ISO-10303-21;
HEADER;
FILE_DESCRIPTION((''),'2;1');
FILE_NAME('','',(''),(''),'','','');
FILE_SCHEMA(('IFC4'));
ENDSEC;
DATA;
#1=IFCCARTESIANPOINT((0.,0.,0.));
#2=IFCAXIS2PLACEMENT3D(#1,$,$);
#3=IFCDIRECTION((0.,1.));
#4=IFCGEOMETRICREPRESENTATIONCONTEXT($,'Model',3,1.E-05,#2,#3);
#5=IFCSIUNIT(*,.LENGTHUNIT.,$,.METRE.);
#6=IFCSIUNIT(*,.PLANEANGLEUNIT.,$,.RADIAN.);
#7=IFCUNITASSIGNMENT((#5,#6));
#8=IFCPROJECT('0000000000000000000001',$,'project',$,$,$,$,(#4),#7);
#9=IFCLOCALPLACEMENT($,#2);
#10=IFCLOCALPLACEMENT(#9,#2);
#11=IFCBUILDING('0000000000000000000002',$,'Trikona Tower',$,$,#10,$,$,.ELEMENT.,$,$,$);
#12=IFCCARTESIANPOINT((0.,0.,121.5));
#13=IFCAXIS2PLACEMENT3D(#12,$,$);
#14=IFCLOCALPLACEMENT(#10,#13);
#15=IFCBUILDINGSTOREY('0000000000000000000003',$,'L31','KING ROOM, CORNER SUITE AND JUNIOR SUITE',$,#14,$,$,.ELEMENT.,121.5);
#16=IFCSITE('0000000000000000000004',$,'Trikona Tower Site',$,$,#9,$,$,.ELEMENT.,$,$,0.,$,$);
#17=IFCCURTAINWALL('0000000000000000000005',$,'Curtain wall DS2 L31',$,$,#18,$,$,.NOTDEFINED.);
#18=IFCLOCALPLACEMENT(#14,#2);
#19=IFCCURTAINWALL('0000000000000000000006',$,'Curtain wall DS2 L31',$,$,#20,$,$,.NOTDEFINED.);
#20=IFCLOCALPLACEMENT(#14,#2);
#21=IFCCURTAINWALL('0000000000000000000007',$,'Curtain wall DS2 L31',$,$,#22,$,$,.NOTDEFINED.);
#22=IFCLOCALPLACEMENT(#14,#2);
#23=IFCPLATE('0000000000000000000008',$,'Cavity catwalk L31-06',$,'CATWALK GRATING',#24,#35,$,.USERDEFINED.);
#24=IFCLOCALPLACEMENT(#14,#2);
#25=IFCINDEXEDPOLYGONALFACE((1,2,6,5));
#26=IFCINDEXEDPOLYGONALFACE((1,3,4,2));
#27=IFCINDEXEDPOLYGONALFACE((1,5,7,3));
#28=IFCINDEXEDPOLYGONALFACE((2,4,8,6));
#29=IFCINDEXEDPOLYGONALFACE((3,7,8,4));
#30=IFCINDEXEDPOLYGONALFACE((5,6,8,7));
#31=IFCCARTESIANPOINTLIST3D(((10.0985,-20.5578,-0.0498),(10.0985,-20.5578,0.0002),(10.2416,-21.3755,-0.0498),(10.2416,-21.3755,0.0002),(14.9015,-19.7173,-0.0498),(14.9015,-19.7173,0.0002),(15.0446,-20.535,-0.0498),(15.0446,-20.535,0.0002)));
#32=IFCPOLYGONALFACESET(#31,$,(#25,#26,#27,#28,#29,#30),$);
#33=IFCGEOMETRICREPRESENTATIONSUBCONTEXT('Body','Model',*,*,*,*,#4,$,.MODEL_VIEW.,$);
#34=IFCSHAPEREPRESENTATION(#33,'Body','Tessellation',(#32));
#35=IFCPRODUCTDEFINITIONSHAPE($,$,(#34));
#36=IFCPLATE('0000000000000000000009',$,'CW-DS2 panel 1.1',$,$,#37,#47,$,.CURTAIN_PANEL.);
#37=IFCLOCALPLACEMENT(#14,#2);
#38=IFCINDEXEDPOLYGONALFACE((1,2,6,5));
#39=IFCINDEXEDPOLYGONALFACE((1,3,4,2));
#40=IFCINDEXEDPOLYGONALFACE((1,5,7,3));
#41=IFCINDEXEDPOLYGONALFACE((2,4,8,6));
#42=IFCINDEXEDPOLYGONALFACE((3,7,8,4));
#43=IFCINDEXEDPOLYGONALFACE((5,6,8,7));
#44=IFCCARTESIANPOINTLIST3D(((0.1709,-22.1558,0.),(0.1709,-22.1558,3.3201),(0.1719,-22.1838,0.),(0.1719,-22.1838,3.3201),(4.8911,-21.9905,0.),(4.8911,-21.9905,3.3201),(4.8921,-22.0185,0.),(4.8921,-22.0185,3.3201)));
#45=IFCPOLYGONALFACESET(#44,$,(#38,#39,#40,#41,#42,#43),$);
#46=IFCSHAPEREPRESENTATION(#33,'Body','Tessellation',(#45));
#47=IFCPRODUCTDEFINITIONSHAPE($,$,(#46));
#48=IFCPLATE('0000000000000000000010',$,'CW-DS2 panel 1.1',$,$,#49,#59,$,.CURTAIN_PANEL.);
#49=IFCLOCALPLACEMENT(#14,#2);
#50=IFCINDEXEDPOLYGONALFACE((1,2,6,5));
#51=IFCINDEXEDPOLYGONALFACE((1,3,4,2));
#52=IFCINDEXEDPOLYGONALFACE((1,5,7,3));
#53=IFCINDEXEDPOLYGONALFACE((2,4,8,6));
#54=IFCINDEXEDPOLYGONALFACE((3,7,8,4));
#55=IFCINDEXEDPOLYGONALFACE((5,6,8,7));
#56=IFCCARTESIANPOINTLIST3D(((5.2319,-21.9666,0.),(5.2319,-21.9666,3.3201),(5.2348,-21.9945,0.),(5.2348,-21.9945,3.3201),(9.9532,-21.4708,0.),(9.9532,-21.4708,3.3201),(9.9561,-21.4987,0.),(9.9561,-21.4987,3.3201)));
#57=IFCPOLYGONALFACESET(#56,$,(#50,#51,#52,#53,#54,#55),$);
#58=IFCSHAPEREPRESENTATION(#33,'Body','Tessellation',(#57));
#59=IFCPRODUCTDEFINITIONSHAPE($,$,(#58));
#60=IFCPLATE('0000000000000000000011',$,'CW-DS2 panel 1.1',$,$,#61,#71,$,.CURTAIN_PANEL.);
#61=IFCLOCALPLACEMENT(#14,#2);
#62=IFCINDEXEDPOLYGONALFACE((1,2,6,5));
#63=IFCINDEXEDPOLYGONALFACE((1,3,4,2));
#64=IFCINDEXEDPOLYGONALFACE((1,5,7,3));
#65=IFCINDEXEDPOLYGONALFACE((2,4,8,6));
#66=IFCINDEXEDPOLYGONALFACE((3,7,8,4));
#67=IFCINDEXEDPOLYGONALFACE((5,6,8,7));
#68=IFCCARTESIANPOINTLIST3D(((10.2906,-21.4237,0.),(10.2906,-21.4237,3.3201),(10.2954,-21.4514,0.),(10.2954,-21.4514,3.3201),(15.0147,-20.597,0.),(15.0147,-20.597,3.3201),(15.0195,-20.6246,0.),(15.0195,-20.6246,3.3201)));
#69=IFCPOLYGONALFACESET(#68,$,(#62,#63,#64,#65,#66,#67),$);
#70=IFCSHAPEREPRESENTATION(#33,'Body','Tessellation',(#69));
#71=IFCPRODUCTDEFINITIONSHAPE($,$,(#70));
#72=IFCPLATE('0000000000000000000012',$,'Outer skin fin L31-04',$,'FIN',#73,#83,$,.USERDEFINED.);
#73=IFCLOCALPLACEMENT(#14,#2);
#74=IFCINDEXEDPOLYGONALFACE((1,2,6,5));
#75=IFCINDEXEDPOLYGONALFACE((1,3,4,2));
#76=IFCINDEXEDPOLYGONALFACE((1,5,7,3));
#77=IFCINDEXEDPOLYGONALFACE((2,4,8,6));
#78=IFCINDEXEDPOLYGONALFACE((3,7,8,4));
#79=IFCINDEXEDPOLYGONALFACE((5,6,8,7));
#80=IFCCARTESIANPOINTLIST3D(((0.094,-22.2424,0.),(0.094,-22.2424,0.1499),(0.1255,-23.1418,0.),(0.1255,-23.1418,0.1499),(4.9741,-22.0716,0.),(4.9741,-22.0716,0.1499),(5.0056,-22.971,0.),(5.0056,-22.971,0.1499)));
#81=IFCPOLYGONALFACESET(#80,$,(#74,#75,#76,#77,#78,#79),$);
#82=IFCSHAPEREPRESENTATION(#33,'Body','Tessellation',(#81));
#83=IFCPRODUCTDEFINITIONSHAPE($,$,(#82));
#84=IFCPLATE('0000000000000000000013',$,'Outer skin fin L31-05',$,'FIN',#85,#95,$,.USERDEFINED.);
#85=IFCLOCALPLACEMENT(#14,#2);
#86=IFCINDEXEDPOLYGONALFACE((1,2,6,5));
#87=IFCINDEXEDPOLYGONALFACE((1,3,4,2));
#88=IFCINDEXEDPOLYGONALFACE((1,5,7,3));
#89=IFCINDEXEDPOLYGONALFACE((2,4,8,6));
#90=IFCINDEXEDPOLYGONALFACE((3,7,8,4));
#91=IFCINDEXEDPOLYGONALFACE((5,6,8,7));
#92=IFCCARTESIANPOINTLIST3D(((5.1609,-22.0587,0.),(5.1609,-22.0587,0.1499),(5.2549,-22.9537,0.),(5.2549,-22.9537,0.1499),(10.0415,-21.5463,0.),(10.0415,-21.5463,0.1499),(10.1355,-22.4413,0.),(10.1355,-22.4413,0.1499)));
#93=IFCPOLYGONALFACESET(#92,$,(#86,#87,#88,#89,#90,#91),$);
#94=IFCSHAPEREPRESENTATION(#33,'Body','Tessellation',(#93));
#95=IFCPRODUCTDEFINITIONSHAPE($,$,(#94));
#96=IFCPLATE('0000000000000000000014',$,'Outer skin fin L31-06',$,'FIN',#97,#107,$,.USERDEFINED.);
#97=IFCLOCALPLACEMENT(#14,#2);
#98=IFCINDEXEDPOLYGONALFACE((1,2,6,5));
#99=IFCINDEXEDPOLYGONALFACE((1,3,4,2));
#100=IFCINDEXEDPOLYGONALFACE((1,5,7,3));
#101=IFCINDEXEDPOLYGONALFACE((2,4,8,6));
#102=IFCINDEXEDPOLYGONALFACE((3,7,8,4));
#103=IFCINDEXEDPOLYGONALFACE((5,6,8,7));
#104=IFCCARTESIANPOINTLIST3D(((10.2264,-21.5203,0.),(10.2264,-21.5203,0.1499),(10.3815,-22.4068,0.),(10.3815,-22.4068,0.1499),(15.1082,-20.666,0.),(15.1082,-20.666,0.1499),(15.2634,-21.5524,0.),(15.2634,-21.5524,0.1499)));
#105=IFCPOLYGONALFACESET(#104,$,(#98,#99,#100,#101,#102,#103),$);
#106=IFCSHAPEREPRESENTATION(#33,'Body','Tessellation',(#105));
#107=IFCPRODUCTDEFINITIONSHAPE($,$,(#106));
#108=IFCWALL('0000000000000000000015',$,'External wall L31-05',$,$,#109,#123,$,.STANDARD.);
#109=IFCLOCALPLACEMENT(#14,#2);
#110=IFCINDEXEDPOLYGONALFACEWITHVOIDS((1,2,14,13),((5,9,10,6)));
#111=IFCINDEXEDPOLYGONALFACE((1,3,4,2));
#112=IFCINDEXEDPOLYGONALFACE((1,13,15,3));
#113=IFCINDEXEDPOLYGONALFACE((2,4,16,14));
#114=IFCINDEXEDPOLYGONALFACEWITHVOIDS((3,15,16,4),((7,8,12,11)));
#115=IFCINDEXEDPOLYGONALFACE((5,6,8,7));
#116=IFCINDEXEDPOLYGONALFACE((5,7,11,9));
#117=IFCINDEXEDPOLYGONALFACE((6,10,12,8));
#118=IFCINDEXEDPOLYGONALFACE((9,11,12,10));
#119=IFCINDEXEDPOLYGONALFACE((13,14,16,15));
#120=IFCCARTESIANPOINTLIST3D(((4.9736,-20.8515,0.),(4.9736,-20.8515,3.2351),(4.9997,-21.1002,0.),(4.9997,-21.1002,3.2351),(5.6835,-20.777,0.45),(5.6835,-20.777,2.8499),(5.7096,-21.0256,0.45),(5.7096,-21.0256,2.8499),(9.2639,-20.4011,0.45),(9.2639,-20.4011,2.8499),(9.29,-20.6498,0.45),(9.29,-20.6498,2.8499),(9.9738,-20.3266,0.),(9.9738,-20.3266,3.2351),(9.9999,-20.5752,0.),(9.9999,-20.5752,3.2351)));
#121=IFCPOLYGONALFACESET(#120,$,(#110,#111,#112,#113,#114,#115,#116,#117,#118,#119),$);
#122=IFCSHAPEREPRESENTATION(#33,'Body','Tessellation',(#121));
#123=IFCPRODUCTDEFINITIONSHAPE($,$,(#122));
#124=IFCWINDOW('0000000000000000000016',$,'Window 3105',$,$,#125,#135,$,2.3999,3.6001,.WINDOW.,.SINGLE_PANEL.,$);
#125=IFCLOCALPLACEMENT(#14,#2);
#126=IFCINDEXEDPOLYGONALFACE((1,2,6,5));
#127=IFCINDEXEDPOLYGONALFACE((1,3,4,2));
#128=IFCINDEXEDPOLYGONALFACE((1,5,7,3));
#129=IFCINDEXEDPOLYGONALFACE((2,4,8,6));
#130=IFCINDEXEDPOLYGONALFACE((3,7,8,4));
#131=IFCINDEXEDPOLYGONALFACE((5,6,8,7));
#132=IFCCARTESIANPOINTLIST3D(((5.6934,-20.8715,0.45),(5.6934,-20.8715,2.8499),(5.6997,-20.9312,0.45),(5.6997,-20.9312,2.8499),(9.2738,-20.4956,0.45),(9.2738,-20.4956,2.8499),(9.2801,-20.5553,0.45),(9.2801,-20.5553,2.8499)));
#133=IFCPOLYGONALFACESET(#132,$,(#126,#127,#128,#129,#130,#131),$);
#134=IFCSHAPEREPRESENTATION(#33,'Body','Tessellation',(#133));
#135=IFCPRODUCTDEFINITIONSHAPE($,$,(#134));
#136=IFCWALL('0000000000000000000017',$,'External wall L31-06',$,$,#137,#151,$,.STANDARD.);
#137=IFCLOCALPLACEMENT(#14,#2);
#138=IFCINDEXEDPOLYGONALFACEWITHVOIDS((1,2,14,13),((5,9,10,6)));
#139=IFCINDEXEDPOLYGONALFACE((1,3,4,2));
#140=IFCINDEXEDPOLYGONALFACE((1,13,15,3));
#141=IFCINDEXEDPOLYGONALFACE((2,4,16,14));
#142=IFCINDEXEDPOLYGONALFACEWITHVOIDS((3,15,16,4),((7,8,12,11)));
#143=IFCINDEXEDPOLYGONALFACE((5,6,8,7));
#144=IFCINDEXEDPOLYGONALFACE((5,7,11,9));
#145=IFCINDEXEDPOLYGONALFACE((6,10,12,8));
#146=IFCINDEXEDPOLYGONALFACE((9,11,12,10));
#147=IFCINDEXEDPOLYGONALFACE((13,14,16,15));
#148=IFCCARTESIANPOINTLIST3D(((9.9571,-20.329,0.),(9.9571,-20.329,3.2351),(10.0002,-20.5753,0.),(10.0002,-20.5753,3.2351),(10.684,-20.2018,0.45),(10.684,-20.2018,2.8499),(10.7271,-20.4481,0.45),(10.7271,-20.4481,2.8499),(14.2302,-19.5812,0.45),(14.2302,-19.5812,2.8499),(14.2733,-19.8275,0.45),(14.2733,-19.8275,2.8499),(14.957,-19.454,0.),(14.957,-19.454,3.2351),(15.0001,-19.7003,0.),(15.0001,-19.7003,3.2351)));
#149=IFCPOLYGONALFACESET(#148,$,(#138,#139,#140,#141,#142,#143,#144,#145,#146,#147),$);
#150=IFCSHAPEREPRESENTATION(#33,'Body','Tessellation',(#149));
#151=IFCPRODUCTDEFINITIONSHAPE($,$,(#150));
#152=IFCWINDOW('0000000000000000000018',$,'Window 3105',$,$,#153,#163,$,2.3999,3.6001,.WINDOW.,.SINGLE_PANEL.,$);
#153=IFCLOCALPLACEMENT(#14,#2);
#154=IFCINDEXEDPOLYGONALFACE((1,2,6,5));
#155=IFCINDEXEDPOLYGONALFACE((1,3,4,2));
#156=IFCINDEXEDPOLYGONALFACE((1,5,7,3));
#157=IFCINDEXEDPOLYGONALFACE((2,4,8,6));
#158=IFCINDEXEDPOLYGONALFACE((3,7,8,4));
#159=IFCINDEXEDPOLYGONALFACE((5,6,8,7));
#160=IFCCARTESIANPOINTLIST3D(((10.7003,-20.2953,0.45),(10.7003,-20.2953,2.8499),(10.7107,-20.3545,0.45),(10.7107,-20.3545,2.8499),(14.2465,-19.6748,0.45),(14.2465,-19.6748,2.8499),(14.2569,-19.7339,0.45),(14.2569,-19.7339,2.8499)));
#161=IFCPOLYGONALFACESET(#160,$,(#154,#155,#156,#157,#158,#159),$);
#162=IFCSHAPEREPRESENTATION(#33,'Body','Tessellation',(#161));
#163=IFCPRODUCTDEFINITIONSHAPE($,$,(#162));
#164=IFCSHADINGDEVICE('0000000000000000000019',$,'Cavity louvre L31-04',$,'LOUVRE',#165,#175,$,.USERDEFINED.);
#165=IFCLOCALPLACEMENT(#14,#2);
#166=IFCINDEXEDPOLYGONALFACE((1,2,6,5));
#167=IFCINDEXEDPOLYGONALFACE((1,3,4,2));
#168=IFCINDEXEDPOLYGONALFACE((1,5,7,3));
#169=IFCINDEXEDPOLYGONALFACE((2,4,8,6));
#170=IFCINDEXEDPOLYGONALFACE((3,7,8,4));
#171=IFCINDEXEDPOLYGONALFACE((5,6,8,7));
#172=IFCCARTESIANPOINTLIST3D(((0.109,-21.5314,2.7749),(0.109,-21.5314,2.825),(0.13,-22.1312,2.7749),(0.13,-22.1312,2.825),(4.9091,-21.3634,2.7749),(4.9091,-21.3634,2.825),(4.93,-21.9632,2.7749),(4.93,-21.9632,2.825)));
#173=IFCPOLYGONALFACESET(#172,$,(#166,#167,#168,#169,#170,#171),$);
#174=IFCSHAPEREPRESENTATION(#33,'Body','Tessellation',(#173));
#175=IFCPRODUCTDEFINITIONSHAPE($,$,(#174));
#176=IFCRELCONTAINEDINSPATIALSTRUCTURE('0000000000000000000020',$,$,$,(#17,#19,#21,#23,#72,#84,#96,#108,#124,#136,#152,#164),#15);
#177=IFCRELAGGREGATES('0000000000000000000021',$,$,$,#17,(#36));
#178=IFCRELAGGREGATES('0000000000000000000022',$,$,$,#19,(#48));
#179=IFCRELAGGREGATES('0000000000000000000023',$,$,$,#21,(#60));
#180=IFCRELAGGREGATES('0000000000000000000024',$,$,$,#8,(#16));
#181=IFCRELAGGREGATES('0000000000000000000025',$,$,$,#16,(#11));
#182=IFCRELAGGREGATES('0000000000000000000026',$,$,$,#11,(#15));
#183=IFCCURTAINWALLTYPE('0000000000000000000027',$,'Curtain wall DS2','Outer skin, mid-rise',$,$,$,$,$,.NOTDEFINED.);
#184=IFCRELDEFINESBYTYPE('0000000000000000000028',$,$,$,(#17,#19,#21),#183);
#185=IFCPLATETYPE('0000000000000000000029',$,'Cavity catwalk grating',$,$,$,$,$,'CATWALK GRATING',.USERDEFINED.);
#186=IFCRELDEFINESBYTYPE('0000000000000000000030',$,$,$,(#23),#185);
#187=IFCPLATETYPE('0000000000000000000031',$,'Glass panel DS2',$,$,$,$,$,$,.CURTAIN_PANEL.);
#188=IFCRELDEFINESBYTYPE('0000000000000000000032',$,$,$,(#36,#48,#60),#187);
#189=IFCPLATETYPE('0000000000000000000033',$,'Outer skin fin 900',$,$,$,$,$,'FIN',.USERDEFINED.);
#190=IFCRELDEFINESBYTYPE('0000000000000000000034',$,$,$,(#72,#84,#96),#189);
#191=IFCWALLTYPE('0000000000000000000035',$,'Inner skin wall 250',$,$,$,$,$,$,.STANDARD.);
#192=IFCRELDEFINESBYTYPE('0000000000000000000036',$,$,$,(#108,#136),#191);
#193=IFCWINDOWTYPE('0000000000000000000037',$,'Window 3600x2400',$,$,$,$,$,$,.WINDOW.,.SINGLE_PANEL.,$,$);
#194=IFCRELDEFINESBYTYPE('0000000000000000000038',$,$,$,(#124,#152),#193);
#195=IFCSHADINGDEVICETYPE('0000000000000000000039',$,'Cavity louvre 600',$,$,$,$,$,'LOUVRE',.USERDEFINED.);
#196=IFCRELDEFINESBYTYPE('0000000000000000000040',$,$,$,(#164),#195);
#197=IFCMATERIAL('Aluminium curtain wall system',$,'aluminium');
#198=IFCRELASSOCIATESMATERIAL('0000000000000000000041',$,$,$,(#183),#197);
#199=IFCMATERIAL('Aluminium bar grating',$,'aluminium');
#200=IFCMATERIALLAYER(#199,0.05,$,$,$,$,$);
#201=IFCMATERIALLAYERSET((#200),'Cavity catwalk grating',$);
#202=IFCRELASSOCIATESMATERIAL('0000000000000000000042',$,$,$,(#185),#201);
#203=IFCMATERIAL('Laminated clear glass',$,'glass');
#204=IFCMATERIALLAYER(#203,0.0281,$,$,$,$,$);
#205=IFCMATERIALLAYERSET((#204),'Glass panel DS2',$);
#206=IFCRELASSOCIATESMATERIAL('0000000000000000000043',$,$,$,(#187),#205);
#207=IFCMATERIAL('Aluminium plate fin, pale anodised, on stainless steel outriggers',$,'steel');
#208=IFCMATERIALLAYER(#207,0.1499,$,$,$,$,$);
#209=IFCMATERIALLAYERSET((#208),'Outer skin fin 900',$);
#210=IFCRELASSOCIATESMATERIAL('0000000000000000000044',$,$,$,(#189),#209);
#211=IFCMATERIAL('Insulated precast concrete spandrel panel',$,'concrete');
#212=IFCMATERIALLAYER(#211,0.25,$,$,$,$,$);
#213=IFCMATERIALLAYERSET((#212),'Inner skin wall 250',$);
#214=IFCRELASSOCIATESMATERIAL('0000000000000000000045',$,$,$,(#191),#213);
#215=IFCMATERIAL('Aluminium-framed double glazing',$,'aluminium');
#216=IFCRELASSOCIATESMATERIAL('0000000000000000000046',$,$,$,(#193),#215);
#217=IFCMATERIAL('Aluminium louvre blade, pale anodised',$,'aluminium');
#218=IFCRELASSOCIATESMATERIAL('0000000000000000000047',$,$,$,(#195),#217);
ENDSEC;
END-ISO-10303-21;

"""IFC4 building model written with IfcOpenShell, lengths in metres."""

from ifc_helpers import new_model, si_unit, direction, frame, frame_2d, origin, origin_2d, place, context, subcontext, project, spatial, rectangle, extrude, material, layer, layer_set, type_object, element, fill, aggregate, save


model = new_model("IFC4")

# Units and contexts
model_context = context("Model", 3, precision=1e-05, world=origin(), true_north=direction((0.0, 1.0)))
body_context = subcontext(model_context, "Body", "Model", "MODEL_VIEW")
ifc_project = project(units=[si_unit("LENGTHUNIT", "METRE"), si_unit("PLANEANGLEUNIT", "RADIAN")], contexts=[model_context])

# Site, building, storey
site_placement = place(None, origin())
site = spatial("IfcSite", under=ifc_project, at=site_placement, Name="Trikona Tower Site", CompositionType="ELEMENT", RefElevation=0.0)
building_placement = place(site_placement, origin())
building = spatial("IfcBuilding", under=site, at=building_placement, Name="Trikona Tower", CompositionType="ELEMENT")
storey_placement = place(building_placement, frame((0.0, 0.0, 121.5)))
storey = spatial("IfcBuildingStorey", under=building, at=storey_placement, Name="L31", Description="KING ROOM, CORNER SUITE AND JUNIOR SUITE", CompositionType="ELEMENT", Elevation=121.5)

# Curtain walls
ifc_material_1 = material(Name="Aluminium curtain wall system", Category="aluminium")
curtain_wall_type = type_object("IfcCurtainWallType", Name="Curtain wall DS2", Description="Outer skin, mid-rise", PredefinedType="NOTDEFINED", material=ifc_material_1)
curtain_wall_1_placement = place(storey_placement, origin())
curtain_wall_1 = element("IfcCurtainWall", 1, at=curtain_wall_1_placement, inside=storey, type_object=curtain_wall_type, Name="Curtain wall DS2 L31", PredefinedType="NOTDEFINED")
curtain_wall_2_placement = place(storey_placement, origin())
curtain_wall_2 = element("IfcCurtainWall", 2, at=curtain_wall_2_placement, inside=storey, type_object=curtain_wall_type, Name="Curtain wall DS2 L31", PredefinedType="NOTDEFINED")

# Curtain wall
curtain_wall_3_placement = place(storey_placement, origin())
curtain_wall_3 = element("IfcCurtainWall", 3, at=curtain_wall_3_placement, inside=storey, type_object=curtain_wall_type, Name="Curtain wall DS2 L31", PredefinedType="NOTDEFINED")

# Plate
ifc_material_2 = material(Name="Aluminium bar grating", Category="aluminium")
ifc_layer_1 = layer(ifc_material_2, 0.05)
ifc_layer_set_1 = layer_set([ifc_layer_1], Name="Cavity catwalk grating")
plate_type_1 = type_object("IfcPlateType", Name="Cavity catwalk grating", ElementType="CATWALK GRATING", PredefinedType="USERDEFINED", material=ifc_layer_set_1)
plate_1_placement = place(storey_placement, frame((12.5715, -20.5464, -0.0498), z_axis=(0.0, 0.0, 1.0), x_axis=(0.985031, 0.17238, 0.0)))
element("IfcPlate", 4, at=plate_1_placement, inside=storey, type_object=plate_type_1, Name="Cavity catwalk L31-06", ObjectType="CATWALK GRATING", PredefinedType="USERDEFINED", context=body_context, shape_type="SweptSolid", body=[
    extrude(rectangle(XDim=4.876, YDim=0.8301, at=origin_2d()), origin(), (0.0, 0.0, 1.0), 0.05),
])

# Plates
ifc_material_3 = material(Name="Laminated clear glass", Category="glass")
ifc_layer_2 = layer(ifc_material_3, 0.0281)
ifc_layer_set_2 = layer_set([ifc_layer_2], Name="Glass panel DS2")
plate_type_2 = type_object("IfcPlateType", Name="Glass panel DS2", PredefinedType="CURTAIN_PANEL", material=ifc_layer_set_2)
plate_2_placement = place(storey_placement, frame((2.5315, -22.0872, 0.0), z_axis=(0.0, 0.0, 1.0), x_axis=(0.999387, 0.034998, 0.0)))
plate_2 = element("IfcPlate", 5, at=plate_2_placement, type_object=plate_type_2, Name="CW-DS2 panel 1.1", PredefinedType="CURTAIN_PANEL", context=body_context, shape_type="SweptSolid", body=[
    extrude(rectangle(XDim=4.7231, YDim=0.0281, at=origin_2d()), origin(), (0.0, 0.0, 1.0), 3.3201),
])
aggregate(curtain_wall_1, [plate_2])
plate_3_placement = place(storey_placement, frame((7.594, -21.7327, 0.0), z_axis=(0.0, 0.0, 1.0), x_axis=(0.994532, 0.104433, 0.0)))
plate_3 = element("IfcPlate", 6, at=plate_3_placement, type_object=plate_type_2, Name="CW-DS2 panel 1.1", PredefinedType="CURTAIN_PANEL", context=body_context, shape_type="SweptSolid", body=[
    extrude(rectangle(XDim=4.7473, YDim=0.0281, at=origin_2d()), origin(), (0.0, 0.0, 1.0), 3.3201),
])
aggregate(curtain_wall_2, [plate_3])
plate_4_placement = place(storey_placement, frame((12.655, -21.0242, 0.0), z_axis=(0.0, 0.0, 1.0), x_axis=(0.985031, 0.172377, 0.0)))
plate_4 = element("IfcPlate", 7, at=plate_4_placement, type_object=plate_type_2, Name="CW-DS2 panel 1.1", PredefinedType="CURTAIN_PANEL", context=body_context, shape_type="SweptSolid", body=[
    extrude(rectangle(XDim=4.7959, YDim=0.0281, at=origin_2d()), origin(), (0.0, 0.0, 1.0), 3.3201),
])
aggregate(curtain_wall_3, [plate_4])

# Plates
ifc_material_4 = material(Name="Aluminium plate fin, pale anodised, on stainless steel outriggers", Category="steel")
ifc_layer_3 = layer(ifc_material_4, 0.1499)
ifc_layer_set_3 = layer_set([ifc_layer_3], Name="Outer skin fin 900")
plate_type_3 = type_object("IfcPlateType", Name="Outer skin fin 900", ElementType="FIN", PredefinedType="USERDEFINED", material=ifc_layer_set_3)
plate_5_placement = place(storey_placement, frame((2.5498, -22.6067, 0.0), z_axis=(0.0, 0.0, 1.0), x_axis=(0.999388, 0.034978, 0.0)))
element("IfcPlate", 8, at=plate_5_placement, inside=storey, type_object=plate_type_3, Name="Outer skin fin L31-04", ObjectType="FIN", PredefinedType="USERDEFINED", context=body_context, shape_type="SweptSolid", body=[
    extrude(rectangle(XDim=4.8831, YDim=0.8999, at=origin_2d()), origin(), (0.0, 0.0, 1.0), 0.1499),
])
plate_6_placement = place(storey_placement, frame((7.6482, -22.25, 0.0), z_axis=(0.0, 0.0, 1.0), x_axis=(0.994533, 0.104426, 0.0)))
element("IfcPlate", 9, at=plate_6_placement, inside=storey, type_object=plate_type_3, Name="Outer skin fin L31-05", ObjectType="FIN", PredefinedType="USERDEFINED", context=body_context, shape_type="SweptSolid", body=[
    extrude(rectangle(XDim=4.9075, YDim=0.8999, at=origin_2d()), origin(), (0.0, 0.0, 1.0), 0.1499),
])
plate_7_placement = place(storey_placement, frame((12.7449, -21.5364, 0.0), z_axis=(0.0, 0.0, 1.0), x_axis=(0.985031, 0.17238, 0.0)))
element("IfcPlate", 10, at=plate_7_placement, inside=storey, type_object=plate_type_3, Name="Outer skin fin L31-06", ObjectType="FIN", PredefinedType="USERDEFINED", context=body_context, shape_type="SweptSolid", body=[
    extrude(rectangle(XDim=4.9561, YDim=0.8999, at=origin_2d()), origin(), (0.0, 0.0, 1.0), 0.1499),
])

# Walls, openings, windows
ifc_material_5 = material(Name="Insulated precast concrete spandrel panel", Category="concrete")
ifc_layer_4 = layer(ifc_material_5, 0.25)
ifc_layer_set_4 = layer_set([ifc_layer_4], Name="Inner skin wall 250")
wall_type = type_object("IfcWallType", Name="Inner skin wall 250", PredefinedType="STANDARD", material=ifc_layer_set_4)
wall_1_placement = place(storey_placement, frame((4.9868, -20.9758, 0.0), z_axis=(0.0, 0.0, 1.0), x_axis=(0.994535, 0.104407, 0.0)))
wall_1 = element("IfcWall", 11, at=wall_1_placement, inside=storey, type_object=wall_type, Name="External wall L31-05", PredefinedType="STANDARD", context=body_context, shape_type="SweptSolid", body=[
    extrude(rectangle(XDim=5.0276, YDim=0.25, at=frame_2d((2.5137, 0.0))), origin(), (0.0, 0.0, 1.0), 3.2351),
])
opening_1_placement = place(wall_1_placement, frame((0.7136, 0.0, 0.45)))
opening_1 = element("IfcOpeningElement", 12, at=opening_1_placement, cuts=wall_1, PredefinedType="OPENING", context=body_context, shape_type="SweptSolid", body=[
    extrude(rectangle(XDim=3.6001, YDim=2.3999, at=frame_2d((1.8, 1.2))), frame((0.0, 0.135, 0.0), z_axis=(0.0, -1.0, 0.0), x_axis=(1.0, 0.0, 0.0)), (0.0, 0.0, 1.0), 0.27),
])
ifc_material_6 = material(Name="Aluminium-framed double glazing", Category="aluminium")
window_type = type_object("IfcWindowType", Name="Window 3600x2400", PartitioningType="SINGLE_PANEL", PredefinedType="WINDOW", material=ifc_material_6)
window_1_placement = place(opening_1_placement, origin())
window_1 = element("IfcWindow", 13, at=window_1_placement, inside=storey, type_object=window_type, Name="Window 3105", OverallHeight=2.3999, OverallWidth=3.6001, PartitioningType="SINGLE_PANEL", PredefinedType="WINDOW", context=body_context, shape_type="SweptSolid", body=[
    extrude(rectangle(XDim=3.6001, YDim=2.3999, at=frame_2d((1.8, 1.2))), frame((0.0, 0.03, 0.0), z_axis=(0.0, -1.0, 0.0), x_axis=(1.0, 0.0, 0.0)), (0.0, 0.0, 1.0), 0.0601),
])
fill(opening_1, window_1)
wall_2_placement = place(storey_placement, frame((9.9785, -20.4521, 0.0), z_axis=(0.0, 0.0, 1.0), x_axis=(0.98503, 0.17238, 0.0)))
wall_2 = element("IfcWall", 14, at=wall_2_placement, inside=storey, type_object=wall_type, Name="External wall L31-06", PredefinedType="STANDARD", context=body_context, shape_type="SweptSolid", body=[
    extrude(rectangle(XDim=5.0759, YDim=0.25, at=frame_2d((2.5381, 0.0))), origin(), (0.0, 0.0, 1.0), 3.2351),
])
opening_2_placement = place(wall_2_placement, frame((0.738, 0.0, 0.45)))
opening_2 = element("IfcOpeningElement", 15, at=opening_2_placement, cuts=wall_2, PredefinedType="OPENING", context=body_context, shape_type="SweptSolid", body=[
    extrude(rectangle(XDim=3.6001, YDim=2.3999, at=frame_2d((1.8, 1.2))), frame((0.0, 0.135, 0.0), z_axis=(0.0, -1.0, 0.0), x_axis=(1.0, 0.0, 0.0)), (0.0, 0.0, 1.0), 0.27),
])
window_2_placement = place(opening_2_placement, origin())
window_2 = element("IfcWindow", 16, at=window_2_placement, inside=storey, type_object=window_type, Name="Window 3105", OverallHeight=2.3999, OverallWidth=3.6001, PartitioningType="SINGLE_PANEL", PredefinedType="WINDOW", context=body_context, shape_type="SweptSolid", body=[
    extrude(rectangle(XDim=3.6001, YDim=2.3999, at=frame_2d((1.8, 1.2))), frame((0.0, 0.03, 0.0), z_axis=(0.0, -1.0, 0.0), x_axis=(1.0, 0.0, 0.0)), (0.0, 0.0, 1.0), 0.0601),
])
fill(opening_2, window_2)

# Shading device
ifc_material_7 = material(Name="Aluminium louvre blade, pale anodised", Category="aluminium")
shading_device_type = type_object("IfcShadingDeviceType", Name="Cavity louvre 600", ElementType="LOUVRE", PredefinedType="USERDEFINED", material=ifc_material_7)
shading_device_1_placement = place(storey_placement, frame((2.5195, -21.7473, 2.7749), z_axis=(0.0, 0.0, 1.0), x_axis=(0.999388, 0.034978, 0.0)))
element("IfcShadingDevice", 17, at=shading_device_1_placement, inside=storey, type_object=shading_device_type, Name="Cavity louvre L31-04", ObjectType="LOUVRE", PredefinedType="USERDEFINED", context=body_context, shape_type="SweptSolid", body=[
    extrude(rectangle(XDim=4.803, YDim=0.6001, at=origin_2d()), origin(), (0.0, 0.0, 1.0), 0.05),
])

save(model, "model.ifc")
